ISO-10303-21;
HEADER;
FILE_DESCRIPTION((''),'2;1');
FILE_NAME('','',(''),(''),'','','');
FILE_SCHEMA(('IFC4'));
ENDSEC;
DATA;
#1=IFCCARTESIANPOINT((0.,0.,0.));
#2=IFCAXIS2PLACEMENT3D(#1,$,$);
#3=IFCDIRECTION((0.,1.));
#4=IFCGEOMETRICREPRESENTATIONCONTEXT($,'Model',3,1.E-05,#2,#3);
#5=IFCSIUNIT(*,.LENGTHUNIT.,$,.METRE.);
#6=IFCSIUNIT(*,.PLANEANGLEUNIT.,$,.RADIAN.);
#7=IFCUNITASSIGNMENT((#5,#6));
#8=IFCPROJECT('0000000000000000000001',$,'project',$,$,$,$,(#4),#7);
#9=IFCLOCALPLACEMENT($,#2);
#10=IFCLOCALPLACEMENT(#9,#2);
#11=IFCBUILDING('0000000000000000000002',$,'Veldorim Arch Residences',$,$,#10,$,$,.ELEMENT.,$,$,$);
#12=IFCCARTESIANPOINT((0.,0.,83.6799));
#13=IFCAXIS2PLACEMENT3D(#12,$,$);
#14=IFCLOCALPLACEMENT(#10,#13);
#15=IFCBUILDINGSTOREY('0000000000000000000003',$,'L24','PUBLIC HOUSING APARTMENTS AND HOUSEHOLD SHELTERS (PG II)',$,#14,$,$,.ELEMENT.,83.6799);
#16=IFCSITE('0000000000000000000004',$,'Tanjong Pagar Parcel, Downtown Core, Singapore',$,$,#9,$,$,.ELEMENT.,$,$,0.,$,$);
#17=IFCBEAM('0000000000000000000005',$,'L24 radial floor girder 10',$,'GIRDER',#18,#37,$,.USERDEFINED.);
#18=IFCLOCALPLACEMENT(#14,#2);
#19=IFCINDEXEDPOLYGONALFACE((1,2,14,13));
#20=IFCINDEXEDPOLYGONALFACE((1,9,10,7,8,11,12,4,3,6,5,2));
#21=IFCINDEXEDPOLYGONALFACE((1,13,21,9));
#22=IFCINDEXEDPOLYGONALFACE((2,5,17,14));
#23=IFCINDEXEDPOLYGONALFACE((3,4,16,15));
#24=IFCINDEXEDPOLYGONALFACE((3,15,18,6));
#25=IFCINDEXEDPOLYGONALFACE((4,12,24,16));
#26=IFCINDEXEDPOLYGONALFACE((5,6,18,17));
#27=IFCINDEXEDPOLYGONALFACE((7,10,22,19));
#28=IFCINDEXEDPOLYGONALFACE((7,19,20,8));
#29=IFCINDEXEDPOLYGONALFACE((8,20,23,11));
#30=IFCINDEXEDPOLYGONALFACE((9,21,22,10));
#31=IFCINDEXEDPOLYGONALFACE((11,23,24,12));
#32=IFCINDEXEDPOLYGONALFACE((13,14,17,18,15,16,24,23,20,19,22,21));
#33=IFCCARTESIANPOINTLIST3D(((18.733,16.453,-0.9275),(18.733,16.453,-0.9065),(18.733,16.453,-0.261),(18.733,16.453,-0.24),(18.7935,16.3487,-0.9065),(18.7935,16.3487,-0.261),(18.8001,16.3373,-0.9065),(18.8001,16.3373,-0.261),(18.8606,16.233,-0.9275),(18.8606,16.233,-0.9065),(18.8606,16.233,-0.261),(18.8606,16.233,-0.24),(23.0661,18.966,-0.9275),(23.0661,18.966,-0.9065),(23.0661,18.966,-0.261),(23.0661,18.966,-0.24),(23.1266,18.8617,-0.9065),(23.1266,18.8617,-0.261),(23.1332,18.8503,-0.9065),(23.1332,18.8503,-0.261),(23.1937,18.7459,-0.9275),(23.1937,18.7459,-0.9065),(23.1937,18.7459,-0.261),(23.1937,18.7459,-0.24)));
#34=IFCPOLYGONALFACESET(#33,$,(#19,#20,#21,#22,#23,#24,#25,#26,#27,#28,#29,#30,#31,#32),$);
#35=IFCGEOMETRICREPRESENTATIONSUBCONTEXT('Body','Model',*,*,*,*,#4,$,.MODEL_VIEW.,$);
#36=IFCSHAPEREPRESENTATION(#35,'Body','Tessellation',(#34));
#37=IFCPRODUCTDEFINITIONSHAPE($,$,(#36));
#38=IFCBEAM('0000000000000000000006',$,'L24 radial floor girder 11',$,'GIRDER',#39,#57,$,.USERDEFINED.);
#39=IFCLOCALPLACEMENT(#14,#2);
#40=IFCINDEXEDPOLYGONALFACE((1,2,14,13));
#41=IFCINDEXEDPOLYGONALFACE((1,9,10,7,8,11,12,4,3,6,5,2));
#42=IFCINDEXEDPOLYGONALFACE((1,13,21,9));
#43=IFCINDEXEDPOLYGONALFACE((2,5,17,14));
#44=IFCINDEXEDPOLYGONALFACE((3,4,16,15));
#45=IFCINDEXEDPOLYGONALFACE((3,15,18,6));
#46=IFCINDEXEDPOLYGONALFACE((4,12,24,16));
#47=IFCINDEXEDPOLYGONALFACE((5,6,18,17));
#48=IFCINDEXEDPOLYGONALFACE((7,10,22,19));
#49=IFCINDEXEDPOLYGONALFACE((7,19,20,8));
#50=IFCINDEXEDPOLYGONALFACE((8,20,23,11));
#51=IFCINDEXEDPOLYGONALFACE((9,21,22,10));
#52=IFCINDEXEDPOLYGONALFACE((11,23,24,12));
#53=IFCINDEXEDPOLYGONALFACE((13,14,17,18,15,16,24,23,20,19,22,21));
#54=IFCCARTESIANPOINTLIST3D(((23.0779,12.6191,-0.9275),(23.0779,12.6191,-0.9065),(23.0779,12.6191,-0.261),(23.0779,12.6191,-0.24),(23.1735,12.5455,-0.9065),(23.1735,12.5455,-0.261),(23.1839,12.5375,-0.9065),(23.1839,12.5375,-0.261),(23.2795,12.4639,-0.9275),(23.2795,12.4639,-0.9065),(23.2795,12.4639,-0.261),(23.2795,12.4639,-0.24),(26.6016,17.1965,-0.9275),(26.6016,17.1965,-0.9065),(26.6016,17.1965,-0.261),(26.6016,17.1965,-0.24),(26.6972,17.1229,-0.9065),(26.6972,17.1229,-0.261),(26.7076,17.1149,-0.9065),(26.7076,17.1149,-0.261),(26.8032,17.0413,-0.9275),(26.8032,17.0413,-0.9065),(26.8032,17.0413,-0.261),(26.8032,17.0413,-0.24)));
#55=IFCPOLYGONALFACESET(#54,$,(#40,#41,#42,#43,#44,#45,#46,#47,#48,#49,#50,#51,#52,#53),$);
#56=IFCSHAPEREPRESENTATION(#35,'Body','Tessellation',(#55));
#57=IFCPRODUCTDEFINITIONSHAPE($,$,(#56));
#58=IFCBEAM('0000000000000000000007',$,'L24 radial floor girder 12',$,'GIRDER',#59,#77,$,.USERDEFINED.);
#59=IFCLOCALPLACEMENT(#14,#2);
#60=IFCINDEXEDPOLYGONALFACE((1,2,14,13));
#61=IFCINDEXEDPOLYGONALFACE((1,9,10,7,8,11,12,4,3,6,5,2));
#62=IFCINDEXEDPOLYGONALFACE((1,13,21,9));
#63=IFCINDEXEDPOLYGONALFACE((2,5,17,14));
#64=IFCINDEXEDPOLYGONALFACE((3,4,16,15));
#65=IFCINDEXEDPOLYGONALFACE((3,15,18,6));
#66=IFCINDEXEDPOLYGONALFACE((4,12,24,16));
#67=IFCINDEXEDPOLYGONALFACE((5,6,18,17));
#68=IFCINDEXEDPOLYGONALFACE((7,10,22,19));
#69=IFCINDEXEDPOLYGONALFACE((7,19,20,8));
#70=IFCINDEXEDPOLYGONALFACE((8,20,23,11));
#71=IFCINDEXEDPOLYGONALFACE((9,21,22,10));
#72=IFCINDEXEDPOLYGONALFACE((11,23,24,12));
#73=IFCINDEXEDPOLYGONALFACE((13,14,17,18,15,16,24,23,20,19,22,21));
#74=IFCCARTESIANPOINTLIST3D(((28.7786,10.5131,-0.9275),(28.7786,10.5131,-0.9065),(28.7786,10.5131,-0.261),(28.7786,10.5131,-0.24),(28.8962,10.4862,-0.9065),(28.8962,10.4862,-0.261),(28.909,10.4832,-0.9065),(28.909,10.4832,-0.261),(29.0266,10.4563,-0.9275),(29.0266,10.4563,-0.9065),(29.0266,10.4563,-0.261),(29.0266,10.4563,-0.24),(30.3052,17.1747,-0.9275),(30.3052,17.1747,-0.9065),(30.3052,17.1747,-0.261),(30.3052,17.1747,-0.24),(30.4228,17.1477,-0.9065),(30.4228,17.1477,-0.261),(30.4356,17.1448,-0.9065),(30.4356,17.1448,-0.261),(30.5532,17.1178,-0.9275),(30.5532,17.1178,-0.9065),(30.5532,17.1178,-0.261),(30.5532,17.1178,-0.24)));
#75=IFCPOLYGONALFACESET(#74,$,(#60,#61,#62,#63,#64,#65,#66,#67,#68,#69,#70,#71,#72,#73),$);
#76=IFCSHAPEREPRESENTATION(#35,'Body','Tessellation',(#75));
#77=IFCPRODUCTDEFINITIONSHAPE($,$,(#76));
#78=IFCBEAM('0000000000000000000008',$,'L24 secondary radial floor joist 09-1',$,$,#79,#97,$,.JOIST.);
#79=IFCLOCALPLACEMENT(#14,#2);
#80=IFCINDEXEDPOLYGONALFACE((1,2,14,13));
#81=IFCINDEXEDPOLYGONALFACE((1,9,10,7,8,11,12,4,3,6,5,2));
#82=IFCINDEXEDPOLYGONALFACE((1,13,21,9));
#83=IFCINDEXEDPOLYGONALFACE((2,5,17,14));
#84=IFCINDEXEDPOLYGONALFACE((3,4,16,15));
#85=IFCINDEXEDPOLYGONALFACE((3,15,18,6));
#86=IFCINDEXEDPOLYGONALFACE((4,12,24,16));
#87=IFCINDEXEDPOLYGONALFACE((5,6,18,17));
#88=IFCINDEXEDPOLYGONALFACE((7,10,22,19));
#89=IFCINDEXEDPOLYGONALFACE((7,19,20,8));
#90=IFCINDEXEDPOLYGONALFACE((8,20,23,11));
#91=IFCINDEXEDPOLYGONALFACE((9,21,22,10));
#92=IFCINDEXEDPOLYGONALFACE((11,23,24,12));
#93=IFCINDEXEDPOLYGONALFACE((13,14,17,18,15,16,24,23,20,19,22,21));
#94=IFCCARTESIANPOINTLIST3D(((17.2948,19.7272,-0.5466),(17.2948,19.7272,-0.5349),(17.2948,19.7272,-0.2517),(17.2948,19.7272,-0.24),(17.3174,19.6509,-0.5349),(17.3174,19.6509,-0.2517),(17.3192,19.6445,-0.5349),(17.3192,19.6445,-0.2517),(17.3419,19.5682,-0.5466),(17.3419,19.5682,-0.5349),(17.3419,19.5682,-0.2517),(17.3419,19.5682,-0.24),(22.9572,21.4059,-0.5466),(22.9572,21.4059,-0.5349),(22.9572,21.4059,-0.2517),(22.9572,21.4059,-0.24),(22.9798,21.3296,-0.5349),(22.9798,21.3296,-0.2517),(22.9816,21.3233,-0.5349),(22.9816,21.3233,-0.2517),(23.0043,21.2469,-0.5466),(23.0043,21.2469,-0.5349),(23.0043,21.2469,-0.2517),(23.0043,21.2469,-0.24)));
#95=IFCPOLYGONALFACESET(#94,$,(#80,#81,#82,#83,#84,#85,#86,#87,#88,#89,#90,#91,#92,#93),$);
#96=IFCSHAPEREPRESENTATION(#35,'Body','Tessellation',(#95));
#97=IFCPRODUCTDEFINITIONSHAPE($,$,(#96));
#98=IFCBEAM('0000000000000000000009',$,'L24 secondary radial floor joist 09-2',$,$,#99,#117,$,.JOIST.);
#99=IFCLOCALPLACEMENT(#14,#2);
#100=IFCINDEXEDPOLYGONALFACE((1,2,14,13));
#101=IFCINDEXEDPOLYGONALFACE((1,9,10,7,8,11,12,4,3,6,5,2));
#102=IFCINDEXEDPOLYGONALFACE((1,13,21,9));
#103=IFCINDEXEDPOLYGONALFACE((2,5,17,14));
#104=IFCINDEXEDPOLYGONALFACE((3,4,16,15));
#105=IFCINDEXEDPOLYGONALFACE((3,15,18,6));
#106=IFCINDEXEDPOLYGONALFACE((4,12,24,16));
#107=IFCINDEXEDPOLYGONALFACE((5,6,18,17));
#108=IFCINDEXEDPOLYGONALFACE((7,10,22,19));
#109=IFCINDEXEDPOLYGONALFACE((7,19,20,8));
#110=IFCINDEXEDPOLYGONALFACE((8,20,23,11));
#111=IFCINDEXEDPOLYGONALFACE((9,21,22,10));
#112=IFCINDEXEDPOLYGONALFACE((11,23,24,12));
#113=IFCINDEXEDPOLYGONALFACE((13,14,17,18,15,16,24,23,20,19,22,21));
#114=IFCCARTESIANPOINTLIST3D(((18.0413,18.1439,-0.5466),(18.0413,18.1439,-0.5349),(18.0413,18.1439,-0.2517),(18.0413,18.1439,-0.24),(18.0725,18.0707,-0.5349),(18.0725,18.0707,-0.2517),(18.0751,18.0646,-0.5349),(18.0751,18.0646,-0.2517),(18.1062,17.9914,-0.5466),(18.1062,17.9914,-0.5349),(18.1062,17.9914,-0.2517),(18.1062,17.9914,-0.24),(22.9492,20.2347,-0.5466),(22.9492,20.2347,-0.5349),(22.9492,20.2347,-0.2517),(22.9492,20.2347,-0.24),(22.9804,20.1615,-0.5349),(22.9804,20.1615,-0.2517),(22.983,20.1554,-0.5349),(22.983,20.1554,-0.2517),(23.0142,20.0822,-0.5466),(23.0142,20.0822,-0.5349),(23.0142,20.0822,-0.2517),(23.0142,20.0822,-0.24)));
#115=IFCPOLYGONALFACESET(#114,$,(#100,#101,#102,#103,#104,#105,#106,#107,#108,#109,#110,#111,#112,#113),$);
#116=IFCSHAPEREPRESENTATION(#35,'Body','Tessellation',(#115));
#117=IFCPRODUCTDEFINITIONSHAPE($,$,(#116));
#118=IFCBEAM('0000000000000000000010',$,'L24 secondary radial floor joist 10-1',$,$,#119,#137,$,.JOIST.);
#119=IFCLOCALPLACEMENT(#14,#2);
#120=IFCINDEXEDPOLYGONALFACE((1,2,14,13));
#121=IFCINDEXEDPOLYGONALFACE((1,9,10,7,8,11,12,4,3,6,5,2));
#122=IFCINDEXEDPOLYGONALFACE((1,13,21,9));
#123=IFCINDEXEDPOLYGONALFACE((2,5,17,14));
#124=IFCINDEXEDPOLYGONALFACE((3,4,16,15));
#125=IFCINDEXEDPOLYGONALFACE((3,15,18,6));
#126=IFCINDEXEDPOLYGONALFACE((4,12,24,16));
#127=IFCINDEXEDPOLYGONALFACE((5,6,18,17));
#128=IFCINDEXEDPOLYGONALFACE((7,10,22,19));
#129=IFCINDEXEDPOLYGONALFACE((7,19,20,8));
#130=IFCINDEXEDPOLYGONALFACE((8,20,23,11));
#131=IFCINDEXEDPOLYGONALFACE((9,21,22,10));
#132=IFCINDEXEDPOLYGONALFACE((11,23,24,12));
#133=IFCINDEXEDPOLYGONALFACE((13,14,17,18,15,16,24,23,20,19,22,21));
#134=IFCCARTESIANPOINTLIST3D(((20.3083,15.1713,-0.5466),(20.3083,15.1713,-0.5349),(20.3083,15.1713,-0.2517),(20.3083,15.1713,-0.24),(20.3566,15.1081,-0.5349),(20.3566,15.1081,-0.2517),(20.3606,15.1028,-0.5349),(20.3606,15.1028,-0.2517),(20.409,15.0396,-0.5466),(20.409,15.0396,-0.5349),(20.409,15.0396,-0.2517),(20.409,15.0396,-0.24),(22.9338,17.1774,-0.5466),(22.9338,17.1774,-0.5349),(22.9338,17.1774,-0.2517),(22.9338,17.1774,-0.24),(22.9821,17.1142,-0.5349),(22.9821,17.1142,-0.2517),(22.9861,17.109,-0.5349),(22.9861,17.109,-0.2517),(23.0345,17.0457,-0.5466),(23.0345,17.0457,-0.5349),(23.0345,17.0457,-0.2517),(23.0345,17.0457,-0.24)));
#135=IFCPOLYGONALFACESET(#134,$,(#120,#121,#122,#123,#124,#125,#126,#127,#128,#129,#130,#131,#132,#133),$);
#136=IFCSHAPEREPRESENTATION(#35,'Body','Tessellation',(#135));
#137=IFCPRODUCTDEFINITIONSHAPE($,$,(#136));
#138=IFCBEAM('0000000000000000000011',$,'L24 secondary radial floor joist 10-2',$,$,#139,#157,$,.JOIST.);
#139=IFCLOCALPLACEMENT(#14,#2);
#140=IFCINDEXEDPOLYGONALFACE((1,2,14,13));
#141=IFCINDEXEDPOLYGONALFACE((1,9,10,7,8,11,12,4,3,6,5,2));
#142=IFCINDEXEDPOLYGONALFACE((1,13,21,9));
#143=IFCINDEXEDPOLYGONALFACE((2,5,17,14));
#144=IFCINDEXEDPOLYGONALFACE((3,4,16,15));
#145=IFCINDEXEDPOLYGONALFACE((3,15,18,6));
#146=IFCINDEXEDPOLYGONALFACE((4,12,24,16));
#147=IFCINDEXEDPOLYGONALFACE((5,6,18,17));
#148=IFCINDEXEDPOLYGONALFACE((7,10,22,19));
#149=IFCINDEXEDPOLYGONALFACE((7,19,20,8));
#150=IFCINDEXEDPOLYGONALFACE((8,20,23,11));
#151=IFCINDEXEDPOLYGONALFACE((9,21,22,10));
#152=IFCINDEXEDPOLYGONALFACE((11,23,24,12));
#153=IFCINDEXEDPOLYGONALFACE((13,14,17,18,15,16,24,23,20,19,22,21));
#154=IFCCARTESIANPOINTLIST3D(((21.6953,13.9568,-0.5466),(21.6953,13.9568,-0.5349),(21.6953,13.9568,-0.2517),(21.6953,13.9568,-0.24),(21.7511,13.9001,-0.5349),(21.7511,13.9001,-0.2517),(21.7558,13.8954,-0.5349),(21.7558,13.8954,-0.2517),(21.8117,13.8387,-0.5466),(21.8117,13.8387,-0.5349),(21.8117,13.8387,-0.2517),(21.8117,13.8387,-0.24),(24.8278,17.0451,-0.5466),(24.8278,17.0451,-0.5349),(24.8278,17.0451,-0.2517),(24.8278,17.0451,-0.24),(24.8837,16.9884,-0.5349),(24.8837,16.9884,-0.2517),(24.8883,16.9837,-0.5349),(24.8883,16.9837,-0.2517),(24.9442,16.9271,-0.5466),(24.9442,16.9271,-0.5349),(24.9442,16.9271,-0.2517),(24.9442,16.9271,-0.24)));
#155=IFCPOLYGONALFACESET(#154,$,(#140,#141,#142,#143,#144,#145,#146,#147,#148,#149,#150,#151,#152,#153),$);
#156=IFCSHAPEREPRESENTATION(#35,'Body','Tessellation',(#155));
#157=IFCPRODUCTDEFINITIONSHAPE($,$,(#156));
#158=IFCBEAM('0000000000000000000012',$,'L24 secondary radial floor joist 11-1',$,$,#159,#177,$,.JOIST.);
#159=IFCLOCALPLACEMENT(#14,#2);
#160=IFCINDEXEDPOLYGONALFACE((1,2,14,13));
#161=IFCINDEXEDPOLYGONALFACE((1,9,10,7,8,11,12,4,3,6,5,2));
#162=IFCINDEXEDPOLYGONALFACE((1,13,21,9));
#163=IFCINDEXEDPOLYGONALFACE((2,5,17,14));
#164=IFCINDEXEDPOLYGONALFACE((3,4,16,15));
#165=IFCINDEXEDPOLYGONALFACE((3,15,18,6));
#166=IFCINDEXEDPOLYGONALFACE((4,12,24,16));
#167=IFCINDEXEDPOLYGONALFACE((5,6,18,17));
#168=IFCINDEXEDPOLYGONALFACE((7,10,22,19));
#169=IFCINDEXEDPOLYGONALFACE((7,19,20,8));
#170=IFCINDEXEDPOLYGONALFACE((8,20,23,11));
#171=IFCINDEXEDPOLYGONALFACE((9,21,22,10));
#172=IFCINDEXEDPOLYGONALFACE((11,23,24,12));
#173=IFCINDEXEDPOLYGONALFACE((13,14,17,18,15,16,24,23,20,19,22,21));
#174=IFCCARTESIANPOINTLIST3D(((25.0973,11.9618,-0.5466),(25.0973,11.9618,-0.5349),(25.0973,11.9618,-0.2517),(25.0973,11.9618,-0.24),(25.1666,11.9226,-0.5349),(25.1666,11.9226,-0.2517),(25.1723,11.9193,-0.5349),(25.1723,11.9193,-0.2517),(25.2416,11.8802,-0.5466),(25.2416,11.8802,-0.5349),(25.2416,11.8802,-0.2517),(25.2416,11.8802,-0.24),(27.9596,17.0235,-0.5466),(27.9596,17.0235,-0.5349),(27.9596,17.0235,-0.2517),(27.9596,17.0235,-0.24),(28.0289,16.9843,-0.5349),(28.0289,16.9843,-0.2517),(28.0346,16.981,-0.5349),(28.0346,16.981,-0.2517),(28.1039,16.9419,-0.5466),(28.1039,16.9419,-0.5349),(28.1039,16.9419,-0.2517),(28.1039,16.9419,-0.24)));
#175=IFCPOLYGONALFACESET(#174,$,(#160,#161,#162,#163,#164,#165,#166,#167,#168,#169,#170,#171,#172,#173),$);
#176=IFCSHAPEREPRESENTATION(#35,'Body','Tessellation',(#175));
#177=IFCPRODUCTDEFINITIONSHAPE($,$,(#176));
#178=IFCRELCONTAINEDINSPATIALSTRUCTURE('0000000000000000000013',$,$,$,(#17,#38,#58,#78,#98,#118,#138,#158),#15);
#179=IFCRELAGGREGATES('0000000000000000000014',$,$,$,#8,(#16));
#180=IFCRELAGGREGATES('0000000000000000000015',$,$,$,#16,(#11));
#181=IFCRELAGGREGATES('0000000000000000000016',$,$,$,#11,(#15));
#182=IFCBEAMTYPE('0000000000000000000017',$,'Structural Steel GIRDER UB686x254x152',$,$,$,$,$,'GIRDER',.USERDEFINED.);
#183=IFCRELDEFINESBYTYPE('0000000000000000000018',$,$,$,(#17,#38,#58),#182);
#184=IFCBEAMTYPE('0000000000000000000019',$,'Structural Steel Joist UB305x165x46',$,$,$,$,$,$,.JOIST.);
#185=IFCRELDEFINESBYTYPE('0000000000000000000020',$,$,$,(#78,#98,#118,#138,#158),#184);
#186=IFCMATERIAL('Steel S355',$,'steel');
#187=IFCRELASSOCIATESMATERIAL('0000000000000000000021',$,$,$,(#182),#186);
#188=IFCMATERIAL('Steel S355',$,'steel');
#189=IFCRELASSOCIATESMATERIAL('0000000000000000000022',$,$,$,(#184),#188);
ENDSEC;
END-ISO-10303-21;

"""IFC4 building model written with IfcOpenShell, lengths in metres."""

from ifc_helpers import new_model, si_unit, direction, frame, origin, origin_2d, place, context, subcontext, project, spatial, i_section, extrude, material, material_profile, profile_set, type_object, element, save


model = new_model("IFC4")

# Units and contexts
model_context = context("Model", 3, precision=1e-05, world=origin(), true_north=direction((0.0, 1.0)))
body_context = subcontext(model_context, "Body", "Model", "MODEL_VIEW")
ifc_project = project(units=[si_unit("LENGTHUNIT", "METRE"), si_unit("PLANEANGLEUNIT", "RADIAN")], contexts=[model_context])

# Site, building, storey
site_placement = place(None, origin())
site = spatial("IfcSite", under=ifc_project, at=site_placement, Name="Tanjong Pagar Parcel, Downtown Core, Singapore", CompositionType="ELEMENT", RefElevation=0.0)
building_placement = place(site_placement, origin())
building = spatial("IfcBuilding", under=site, at=building_placement, Name="Veldorim Arch Residences", CompositionType="ELEMENT")
storey_placement = place(building_placement, frame((0.0, 0.0, 83.6799)))
storey = spatial("IfcBuildingStorey", under=building, at=storey_placement, Name="L24", Description="PUBLIC HOUSING APARTMENTS AND HOUSEHOLD SHELTERS (PG II)", CompositionType="ELEMENT", Elevation=83.6799)

# Beams
ifc_material_1 = material(Name="Steel S355", Category="steel")
ifc_material_profile_1 = material_profile(ifc_material_1, i_section(OverallWidth=0.2544, OverallDepth=0.6875, WebThickness=0.0132, FlangeThickness=0.021, at=origin_2d()), Name="UB686x254x152")
ifc_profile_set_1 = profile_set([ifc_material_profile_1], Name="Steel S355")
beam_type_1 = type_object("IfcBeamType", Name="Structural Steel GIRDER UB686x254x152", ElementType="GIRDER", PredefinedType="USERDEFINED", material=ifc_profile_set_1)
beam_1_placement = place(storey_placement, frame((23.1299, 18.856, -0.5837), z_axis=(-0.865049, -0.501687, 0.0), x_axis=(0.501687, -0.865049, 0.0)))
element("IfcBeam", 1, at=beam_1_placement, inside=storey, type_object=beam_type_1, Name="L24 radial floor girder 10", ObjectType="GIRDER", PredefinedType="USERDEFINED", context=body_context, shape_type="SweptSolid", body=[
    extrude(i_section(OverallWidth=0.2544, OverallDepth=0.6875, WebThickness=0.0132, FlangeThickness=0.021, at=origin_2d()), origin(), (0.0, 0.0, 1.0), 5.009),
])
beam_2_placement = place(storey_placement, frame((26.7024, 17.1189, -0.5837), z_axis=(-0.609995, -0.792406, 0.0), x_axis=(0.792406, -0.609995, 0.0)))
element("IfcBeam", 2, at=beam_2_placement, inside=storey, type_object=beam_type_1, Name="L24 radial floor girder 11", ObjectType="GIRDER", PredefinedType="USERDEFINED", context=body_context, shape_type="SweptSolid", body=[
    extrude(i_section(OverallWidth=0.2544, OverallDepth=0.6875, WebThickness=0.0132, FlangeThickness=0.021, at=origin_2d()), origin(), (0.0, 0.0, 1.0), 5.7766),
])
beam_3_placement = place(storey_placement, frame((30.4292, 17.1462, -0.5837), z_axis=(-0.223375, -0.974733, 0.0), x_axis=(0.974733, -0.223375, 0.0)))
element("IfcBeam", 3, at=beam_3_placement, inside=storey, type_object=beam_type_1, Name="L24 radial floor girder 12", ObjectType="GIRDER", PredefinedType="USERDEFINED", context=body_context, shape_type="SweptSolid", body=[
    extrude(i_section(OverallWidth=0.2544, OverallDepth=0.6875, WebThickness=0.0132, FlangeThickness=0.021, at=origin_2d()), origin(), (0.0, 0.0, 1.0), 6.8342),
])
ifc_material_2 = material(Name="Steel S355", Category="steel")
ifc_material_profile_2 = material_profile(ifc_material_2, i_section(OverallWidth=0.1658, OverallDepth=0.3066, WebThickness=0.0066, FlangeThickness=0.0117, at=origin_2d()), Name="UB305x165x46")
ifc_profile_set_2 = profile_set([ifc_material_profile_2], Name="Steel S355")
beam_type_2 = type_object("IfcBeamType", Name="Structural Steel Joist UB305x165x46", PredefinedType="JOIST", material=ifc_profile_set_2)
beam_4_placement = place(storey_placement, frame((22.9807, 21.3264, -0.3933), z_axis=(-0.958753, -0.28424, 0.0), x_axis=(0.28424, -0.958753, 0.0)))
element("IfcBeam", 4, at=beam_4_placement, inside=storey, type_object=beam_type_2, Name="L24 secondary radial floor joist 09-1", PredefinedType="JOIST", context=body_context, shape_type="SweptSolid", body=[
    extrude(i_section(OverallWidth=0.1658, OverallDepth=0.3066, WebThickness=0.0066, FlangeThickness=0.0117, at=origin_2d()), origin(), (0.0, 0.0, 1.0), 5.906),
])
beam_5_placement = place(storey_placement, frame((22.9817, 20.1584, -0.3933), z_axis=(-0.919997, -0.391924, 0.0), x_axis=(0.391924, -0.919997, 0.0)))
element("IfcBeam", 5, at=beam_5_placement, inside=storey, type_object=beam_type_2, Name="L24 secondary radial floor joist 09-2", PredefinedType="JOIST", context=body_context, shape_type="SweptSolid", body=[
    extrude(i_section(OverallWidth=0.1658, OverallDepth=0.3066, WebThickness=0.0066, FlangeThickness=0.0117, at=origin_2d()), origin(), (0.0, 0.0, 1.0), 5.3347),
])
beam_6_placement = place(storey_placement, frame((22.9841, 17.1116, -0.3933), z_axis=(-0.794595, -0.60714, 0.0), x_axis=(0.60714, -0.794595, 0.0)))
element("IfcBeam", 6, at=beam_6_placement, inside=storey, type_object=beam_type_2, Name="L24 secondary radial floor joist 10-1", PredefinedType="JOIST", context=body_context, shape_type="SweptSolid", body=[
    extrude(i_section(OverallWidth=0.1658, OverallDepth=0.3066, WebThickness=0.0066, FlangeThickness=0.0117, at=origin_2d()), origin(), (0.0, 0.0, 1.0), 3.3042),
])
beam_7_placement = place(storey_placement, frame((24.886, 16.9861, -0.3933), z_axis=(-0.712112, -0.702066, 0.0), x_axis=(0.702066, -0.712112, 0.0)))
element("IfcBeam", 7, at=beam_7_placement, inside=storey, type_object=beam_type_2, Name="L24 secondary radial floor joist 10-2", PredefinedType="JOIST", context=body_context, shape_type="SweptSolid", body=[
    extrude(i_section(OverallWidth=0.1658, OverallDepth=0.3066, WebThickness=0.0066, FlangeThickness=0.0117, at=origin_2d()), origin(), (0.0, 0.0, 1.0), 4.3989),
])
beam_8_placement = place(storey_placement, frame((28.0317, 16.9827, -0.3933), z_axis=(-0.492227, -0.870467, 0.0), x_axis=(0.870467, -0.492227, 0.0)))
element("IfcBeam", 8, at=beam_8_placement, inside=storey, type_object=beam_type_2, Name="L24 secondary radial floor joist 11-1", PredefinedType="JOIST", context=body_context, shape_type="SweptSolid", body=[
    extrude(i_section(OverallWidth=0.1658, OverallDepth=0.3066, WebThickness=0.0066, FlangeThickness=0.0117, at=origin_2d()), origin(), (0.0, 0.0, 1.0), 5.8149),
])

save(model, "model.ifc")
